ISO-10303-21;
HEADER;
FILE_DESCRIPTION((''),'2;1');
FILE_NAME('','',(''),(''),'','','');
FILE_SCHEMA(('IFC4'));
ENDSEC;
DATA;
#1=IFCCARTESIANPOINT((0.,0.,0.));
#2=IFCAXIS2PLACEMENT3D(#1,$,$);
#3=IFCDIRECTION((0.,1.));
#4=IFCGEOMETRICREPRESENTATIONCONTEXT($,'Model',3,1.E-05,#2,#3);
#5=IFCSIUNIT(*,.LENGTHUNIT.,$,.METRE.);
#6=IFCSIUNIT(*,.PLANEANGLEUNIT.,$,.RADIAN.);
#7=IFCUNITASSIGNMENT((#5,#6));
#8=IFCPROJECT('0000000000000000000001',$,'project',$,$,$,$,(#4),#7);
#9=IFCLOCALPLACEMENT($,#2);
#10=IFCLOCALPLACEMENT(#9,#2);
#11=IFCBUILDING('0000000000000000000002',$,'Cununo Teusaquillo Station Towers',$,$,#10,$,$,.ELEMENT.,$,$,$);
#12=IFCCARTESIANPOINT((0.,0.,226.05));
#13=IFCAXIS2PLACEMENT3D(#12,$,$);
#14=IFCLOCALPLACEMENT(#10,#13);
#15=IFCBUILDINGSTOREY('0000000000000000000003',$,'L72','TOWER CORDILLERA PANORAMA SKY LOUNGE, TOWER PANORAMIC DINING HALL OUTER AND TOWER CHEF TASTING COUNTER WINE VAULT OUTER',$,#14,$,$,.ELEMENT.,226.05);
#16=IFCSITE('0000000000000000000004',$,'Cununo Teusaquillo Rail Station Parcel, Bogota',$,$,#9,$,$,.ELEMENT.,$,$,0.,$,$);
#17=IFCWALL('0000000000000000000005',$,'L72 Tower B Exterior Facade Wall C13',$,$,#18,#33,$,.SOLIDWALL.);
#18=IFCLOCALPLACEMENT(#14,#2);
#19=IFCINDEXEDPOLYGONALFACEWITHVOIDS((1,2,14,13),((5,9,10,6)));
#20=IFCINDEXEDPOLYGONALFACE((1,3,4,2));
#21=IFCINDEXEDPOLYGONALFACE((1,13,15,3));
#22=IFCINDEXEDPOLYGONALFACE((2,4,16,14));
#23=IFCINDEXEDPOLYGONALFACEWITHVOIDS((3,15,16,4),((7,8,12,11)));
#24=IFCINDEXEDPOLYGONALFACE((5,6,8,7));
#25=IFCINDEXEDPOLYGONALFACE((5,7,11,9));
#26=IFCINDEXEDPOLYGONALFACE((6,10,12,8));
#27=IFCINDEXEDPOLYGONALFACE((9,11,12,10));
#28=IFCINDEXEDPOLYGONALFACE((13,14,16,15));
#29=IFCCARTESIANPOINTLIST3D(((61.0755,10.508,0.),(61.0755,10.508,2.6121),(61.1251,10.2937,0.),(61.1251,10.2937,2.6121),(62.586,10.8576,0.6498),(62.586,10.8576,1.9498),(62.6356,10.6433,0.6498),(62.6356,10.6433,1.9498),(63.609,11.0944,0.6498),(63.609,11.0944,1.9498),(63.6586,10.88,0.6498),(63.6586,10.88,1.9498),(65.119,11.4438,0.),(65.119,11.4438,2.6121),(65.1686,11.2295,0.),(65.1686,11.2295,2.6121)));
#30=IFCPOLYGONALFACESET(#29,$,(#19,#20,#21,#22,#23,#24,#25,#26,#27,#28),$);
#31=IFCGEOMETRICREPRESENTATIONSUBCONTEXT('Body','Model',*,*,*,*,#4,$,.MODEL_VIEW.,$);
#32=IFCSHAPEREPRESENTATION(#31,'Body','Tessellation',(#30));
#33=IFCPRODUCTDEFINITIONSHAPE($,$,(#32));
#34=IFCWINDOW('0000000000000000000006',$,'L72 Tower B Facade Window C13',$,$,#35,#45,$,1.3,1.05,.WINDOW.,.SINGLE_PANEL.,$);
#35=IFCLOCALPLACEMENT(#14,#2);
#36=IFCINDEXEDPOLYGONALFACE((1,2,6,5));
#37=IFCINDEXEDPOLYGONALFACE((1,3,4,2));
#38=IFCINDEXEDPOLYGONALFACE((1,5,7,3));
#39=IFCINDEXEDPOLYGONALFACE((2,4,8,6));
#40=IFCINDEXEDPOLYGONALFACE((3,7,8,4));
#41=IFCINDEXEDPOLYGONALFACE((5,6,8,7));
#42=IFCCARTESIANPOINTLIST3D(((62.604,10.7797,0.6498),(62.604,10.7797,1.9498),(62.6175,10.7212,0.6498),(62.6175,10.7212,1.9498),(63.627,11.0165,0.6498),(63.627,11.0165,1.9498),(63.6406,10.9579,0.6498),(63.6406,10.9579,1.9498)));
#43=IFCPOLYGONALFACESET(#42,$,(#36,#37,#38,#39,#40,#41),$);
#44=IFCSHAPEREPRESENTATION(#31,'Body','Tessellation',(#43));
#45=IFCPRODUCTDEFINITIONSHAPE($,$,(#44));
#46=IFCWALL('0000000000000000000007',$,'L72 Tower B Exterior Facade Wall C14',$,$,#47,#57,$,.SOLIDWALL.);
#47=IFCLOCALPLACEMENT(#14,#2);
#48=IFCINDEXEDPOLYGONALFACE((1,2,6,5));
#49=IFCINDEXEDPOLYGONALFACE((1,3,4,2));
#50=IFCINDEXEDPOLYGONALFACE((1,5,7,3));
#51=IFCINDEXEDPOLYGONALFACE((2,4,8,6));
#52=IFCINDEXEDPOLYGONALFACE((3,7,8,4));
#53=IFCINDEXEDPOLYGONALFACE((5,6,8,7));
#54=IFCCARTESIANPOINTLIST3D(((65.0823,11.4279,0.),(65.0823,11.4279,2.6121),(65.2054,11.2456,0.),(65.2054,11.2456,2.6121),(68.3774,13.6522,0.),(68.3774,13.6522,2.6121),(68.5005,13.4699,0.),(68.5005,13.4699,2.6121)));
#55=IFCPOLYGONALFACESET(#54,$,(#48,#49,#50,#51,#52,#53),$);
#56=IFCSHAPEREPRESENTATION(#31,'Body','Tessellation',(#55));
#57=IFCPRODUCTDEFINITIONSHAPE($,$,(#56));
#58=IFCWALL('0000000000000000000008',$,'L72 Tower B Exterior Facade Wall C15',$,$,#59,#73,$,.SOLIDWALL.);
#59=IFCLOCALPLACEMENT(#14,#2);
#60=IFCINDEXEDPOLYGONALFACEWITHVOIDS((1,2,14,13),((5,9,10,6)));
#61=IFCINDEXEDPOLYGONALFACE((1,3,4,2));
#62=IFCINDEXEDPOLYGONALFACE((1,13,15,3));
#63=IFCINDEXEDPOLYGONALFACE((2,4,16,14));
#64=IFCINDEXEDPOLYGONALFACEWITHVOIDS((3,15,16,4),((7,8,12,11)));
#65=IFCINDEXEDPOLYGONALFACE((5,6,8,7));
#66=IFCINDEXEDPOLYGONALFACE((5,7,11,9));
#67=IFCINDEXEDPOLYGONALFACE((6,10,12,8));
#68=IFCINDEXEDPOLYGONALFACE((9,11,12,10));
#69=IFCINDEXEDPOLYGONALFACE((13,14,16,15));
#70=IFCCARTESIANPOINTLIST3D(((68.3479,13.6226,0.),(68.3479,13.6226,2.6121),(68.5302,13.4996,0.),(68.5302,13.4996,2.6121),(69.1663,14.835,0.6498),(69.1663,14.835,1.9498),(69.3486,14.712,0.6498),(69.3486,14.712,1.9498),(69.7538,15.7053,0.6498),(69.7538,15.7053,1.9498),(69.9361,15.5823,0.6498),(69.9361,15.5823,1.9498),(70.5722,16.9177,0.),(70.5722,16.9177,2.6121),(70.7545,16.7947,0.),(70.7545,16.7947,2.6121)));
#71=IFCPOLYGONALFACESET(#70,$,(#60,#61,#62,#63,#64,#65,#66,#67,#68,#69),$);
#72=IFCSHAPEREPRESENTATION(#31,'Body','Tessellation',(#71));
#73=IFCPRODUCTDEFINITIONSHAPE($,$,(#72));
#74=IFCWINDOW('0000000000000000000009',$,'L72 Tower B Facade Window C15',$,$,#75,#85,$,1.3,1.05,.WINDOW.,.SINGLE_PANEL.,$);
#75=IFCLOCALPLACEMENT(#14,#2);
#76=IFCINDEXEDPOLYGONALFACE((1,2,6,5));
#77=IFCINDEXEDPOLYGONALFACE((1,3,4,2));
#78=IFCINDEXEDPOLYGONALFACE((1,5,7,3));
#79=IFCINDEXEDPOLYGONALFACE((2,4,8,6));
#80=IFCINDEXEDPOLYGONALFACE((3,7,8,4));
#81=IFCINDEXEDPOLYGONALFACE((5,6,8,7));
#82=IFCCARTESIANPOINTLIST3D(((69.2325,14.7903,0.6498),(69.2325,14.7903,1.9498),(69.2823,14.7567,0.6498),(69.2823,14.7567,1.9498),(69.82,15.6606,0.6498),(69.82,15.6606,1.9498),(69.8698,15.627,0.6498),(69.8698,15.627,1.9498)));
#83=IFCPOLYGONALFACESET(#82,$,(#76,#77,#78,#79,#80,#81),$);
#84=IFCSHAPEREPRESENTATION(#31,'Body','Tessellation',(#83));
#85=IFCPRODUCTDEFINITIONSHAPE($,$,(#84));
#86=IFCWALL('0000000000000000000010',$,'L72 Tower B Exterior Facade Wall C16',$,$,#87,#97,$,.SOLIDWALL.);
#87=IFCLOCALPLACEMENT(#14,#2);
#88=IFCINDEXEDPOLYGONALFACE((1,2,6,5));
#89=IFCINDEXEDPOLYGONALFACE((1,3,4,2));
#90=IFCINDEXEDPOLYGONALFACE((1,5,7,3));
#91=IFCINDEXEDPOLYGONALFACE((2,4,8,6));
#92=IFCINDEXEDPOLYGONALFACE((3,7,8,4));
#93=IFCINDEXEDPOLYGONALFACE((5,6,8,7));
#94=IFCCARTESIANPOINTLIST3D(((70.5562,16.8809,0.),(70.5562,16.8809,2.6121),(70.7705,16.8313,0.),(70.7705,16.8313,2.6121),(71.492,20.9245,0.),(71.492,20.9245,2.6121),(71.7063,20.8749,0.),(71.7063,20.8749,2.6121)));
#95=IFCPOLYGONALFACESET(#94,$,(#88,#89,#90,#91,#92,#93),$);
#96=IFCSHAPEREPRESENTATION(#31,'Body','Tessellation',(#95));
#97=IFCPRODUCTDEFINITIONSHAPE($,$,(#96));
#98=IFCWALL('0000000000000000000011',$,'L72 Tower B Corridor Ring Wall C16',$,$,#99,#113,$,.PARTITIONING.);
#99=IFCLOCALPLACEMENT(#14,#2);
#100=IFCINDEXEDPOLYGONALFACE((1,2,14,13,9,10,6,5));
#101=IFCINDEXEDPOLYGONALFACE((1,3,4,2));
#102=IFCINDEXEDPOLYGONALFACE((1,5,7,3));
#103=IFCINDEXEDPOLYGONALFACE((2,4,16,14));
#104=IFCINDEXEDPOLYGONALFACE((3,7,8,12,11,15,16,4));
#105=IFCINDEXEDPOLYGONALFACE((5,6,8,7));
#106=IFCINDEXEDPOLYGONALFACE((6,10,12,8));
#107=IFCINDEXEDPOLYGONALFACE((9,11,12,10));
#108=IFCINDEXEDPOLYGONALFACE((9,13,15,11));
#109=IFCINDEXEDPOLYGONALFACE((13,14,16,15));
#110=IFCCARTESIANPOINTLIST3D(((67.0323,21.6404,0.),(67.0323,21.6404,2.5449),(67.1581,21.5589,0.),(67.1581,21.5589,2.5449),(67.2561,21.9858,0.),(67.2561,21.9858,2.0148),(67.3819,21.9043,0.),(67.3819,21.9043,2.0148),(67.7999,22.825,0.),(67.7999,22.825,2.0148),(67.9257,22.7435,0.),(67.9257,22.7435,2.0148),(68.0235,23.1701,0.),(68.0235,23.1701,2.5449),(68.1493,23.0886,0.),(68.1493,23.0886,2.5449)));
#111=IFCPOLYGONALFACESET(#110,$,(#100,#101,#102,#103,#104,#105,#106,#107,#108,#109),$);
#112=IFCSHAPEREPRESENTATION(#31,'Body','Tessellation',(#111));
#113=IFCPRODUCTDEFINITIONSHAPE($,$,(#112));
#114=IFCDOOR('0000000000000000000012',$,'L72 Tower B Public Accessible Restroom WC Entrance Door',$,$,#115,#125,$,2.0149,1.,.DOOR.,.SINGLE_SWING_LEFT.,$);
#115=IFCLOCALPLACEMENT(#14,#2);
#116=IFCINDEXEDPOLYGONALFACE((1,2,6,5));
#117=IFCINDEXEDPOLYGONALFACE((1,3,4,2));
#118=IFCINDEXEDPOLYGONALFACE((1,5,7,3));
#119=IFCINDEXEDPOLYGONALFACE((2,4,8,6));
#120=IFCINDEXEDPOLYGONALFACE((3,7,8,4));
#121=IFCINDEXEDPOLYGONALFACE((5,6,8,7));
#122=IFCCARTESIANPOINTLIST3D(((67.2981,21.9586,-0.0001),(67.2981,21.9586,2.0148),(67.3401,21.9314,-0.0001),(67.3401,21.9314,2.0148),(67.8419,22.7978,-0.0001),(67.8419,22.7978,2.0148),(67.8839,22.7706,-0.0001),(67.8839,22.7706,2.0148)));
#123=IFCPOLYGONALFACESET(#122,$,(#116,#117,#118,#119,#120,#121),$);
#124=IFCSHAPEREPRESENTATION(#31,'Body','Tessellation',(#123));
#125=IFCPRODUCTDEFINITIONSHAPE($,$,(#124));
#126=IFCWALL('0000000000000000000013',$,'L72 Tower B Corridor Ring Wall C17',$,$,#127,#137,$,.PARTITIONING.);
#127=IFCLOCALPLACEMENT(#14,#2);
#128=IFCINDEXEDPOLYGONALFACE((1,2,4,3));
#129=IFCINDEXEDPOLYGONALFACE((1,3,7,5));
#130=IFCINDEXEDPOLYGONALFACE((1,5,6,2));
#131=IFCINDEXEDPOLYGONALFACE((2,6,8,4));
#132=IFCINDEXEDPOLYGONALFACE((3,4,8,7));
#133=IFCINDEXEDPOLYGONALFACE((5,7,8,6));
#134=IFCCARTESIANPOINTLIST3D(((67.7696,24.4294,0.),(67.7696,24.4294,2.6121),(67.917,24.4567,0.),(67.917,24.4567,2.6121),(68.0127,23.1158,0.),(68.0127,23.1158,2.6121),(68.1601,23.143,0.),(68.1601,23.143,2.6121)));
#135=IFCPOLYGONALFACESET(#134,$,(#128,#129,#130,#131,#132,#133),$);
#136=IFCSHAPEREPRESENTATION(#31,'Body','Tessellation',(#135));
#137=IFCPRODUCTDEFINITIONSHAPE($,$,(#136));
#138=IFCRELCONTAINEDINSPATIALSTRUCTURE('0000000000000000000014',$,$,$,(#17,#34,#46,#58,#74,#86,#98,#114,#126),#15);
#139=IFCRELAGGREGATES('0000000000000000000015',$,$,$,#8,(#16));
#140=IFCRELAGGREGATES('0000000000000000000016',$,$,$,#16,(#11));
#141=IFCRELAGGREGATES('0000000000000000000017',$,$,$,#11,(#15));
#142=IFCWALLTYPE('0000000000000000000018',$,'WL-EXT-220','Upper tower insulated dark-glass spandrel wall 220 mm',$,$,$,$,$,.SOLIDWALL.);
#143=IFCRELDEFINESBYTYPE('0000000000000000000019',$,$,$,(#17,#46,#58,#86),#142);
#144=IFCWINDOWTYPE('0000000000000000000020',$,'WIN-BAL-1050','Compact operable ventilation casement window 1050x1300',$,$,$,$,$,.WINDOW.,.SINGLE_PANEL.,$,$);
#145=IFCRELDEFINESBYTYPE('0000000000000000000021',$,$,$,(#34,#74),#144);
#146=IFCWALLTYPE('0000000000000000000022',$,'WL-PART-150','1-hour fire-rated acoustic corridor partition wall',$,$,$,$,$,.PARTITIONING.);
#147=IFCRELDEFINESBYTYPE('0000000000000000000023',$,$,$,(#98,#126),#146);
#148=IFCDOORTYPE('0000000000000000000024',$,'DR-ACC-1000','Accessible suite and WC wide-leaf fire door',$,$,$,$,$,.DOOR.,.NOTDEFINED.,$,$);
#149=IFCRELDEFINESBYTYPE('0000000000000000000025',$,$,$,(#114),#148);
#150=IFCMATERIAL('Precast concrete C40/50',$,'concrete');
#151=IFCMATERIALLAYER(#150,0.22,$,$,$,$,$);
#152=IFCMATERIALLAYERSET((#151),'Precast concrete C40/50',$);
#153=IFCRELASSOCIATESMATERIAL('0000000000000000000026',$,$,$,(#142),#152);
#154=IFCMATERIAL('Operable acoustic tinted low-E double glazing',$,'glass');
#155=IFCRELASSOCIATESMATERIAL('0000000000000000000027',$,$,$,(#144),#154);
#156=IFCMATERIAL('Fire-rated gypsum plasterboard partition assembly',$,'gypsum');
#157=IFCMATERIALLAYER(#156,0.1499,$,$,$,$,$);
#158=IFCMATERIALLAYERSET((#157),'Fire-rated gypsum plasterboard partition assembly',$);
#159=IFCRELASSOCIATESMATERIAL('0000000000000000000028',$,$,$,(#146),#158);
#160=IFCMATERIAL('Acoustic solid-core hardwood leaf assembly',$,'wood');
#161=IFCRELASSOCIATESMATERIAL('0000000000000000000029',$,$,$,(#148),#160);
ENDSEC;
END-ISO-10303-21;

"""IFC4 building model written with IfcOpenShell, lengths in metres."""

from ifc_helpers import new_model, si_unit, direction, frame, frame_2d, origin, place, context, subcontext, project, spatial, rectangle, extrude, source, transform, mapped, material, layer, layer_set, type_object, element, fill, save


model = new_model("IFC4")

# Units and contexts
model_context = context("Model", 3, precision=1e-05, world=origin(), true_north=direction((0.0, 1.0)))
body_context = subcontext(model_context, "Body", "Model", "MODEL_VIEW")
ifc_project = project(units=[si_unit("LENGTHUNIT", "METRE"), si_unit("PLANEANGLEUNIT", "RADIAN")], contexts=[model_context])

# Site, building, storey
site_placement = place(None, origin())
site = spatial("IfcSite", under=ifc_project, at=site_placement, Name="Cununo Teusaquillo Rail Station Parcel, Bogota", CompositionType="ELEMENT", RefElevation=0.0)
building_placement = place(site_placement, origin())
building = spatial("IfcBuilding", under=site, at=building_placement, Name="Cununo Teusaquillo Station Towers", CompositionType="ELEMENT")
storey_placement = place(building_placement, frame((0.0, 0.0, 226.05)))
storey = spatial("IfcBuildingStorey", under=building, at=storey_placement, Name="L72", Description="TOWER CORDILLERA PANORAMA SKY LOUNGE, TOWER PANORAMIC DINING HALL OUTER AND TOWER CHEF TASTING COUNTER WINE VAULT OUTER", CompositionType="ELEMENT", Elevation=226.05)

# Wall, opening, window
ifc_material_1 = material(Name="Precast concrete C40/50", Category="concrete")
ifc_layer_1 = layer(ifc_material_1, 0.22)
ifc_layer_set_1 = layer_set([ifc_layer_1], Name="Precast concrete C40/50")
wall_type_1 = type_object("IfcWallType", Name="WL-EXT-220", Description="Upper tower insulated dark-glass spandrel wall 220 mm", PredefinedType="SOLIDWALL", material=ifc_layer_set_1)
wall_1_placement = place(storey_placement, frame((65.1438, 11.3367, 0.0), z_axis=(0.0, 0.0, 1.0), x_axis=(-0.974249, -0.225474, 0.0)))
wall_1 = element("IfcWall", 1, at=wall_1_placement, inside=storey, type_object=wall_type_1, Name="L72 Tower B Exterior Facade Wall C13", PredefinedType="SOLIDWALL", context=body_context, shape_type="SweptSolid", body=[
    extrude(rectangle(XDim=4.1504, YDim=0.22, at=frame_2d((2.0752, 0.0))), origin(), (0.0, 0.0, 1.0), 2.6121),
])
shared_shape_1 = source(origin(), body_context, "Body", "SweptSolid", [
    extrude(rectangle(XDim=1.05, YDim=1.3, at=frame_2d((0.5249, 0.6499))), frame((0.0, 0.1199, 0.0), z_axis=(0.0, -1.0, 0.0), x_axis=(1.0, 0.0, 0.0)), (0.0, 0.0, 1.0), 0.24),
])
opening_1_placement = place(wall_1_placement, frame((1.55, 0.0, 0.6499)))
opening_1 = element("IfcOpeningElement", 2, at=opening_1_placement, cuts=wall_1, PredefinedType="OPENING", context=body_context, shape_type="MappedRepresentation", body=[
    mapped(shared_shape_1, transform((0.0, 0.0, 0.0), x_axis=(1.0, 0.0, 0.0), y_axis=(0.0, 1.0, 0.0), z_axis=(0.0, 0.0, 1.0), scale=1.0)),
])
ifc_material_2 = material(Name="Operable acoustic tinted low-E double glazing", Category="glass")
window_type = type_object("IfcWindowType", Name="WIN-BAL-1050", Description="Compact operable ventilation casement window 1050x1300", PartitioningType="SINGLE_PANEL", PredefinedType="WINDOW", material=ifc_material_2)
shared_shape_2 = source(origin(), body_context, "Body", "SweptSolid", [
    extrude(rectangle(XDim=1.05, YDim=1.3, at=frame_2d((0.5249, 0.6499))), frame((0.0, 0.03, 0.0), z_axis=(0.0, -1.0, 0.0), x_axis=(1.0, 0.0, 0.0)), (0.0, 0.0, 1.0), 0.0601),
])
window_1_placement = place(opening_1_placement, origin())
window_1 = element("IfcWindow", 3, at=window_1_placement, inside=storey, type_object=window_type, Name="L72 Tower B Facade Window C13", OverallHeight=1.3, OverallWidth=1.05, PartitioningType="SINGLE_PANEL", PredefinedType="WINDOW", context=body_context, shape_type="MappedRepresentation", body=[
    mapped(shared_shape_2, transform((0.0, 0.0, 0.0), x_axis=(1.0, 0.0, 0.0), y_axis=(0.0, 1.0, 0.0), z_axis=(0.0, 0.0, 1.0), scale=1.0)),
])
fill(opening_1, window_1)

# Wall
wall_2_placement = place(storey_placement, frame((68.439, 13.561, 0.0), z_axis=(0.0, 0.0, 1.0), x_axis=(-0.828834, -0.559495, 0.0)))
element("IfcWall", 4, at=wall_2_placement, inside=storey, type_object=wall_type_1, Name="L72 Tower B Exterior Facade Wall C14", PredefinedType="SOLIDWALL", context=body_context, shape_type="SweptSolid", body=[
    extrude(rectangle(XDim=3.9756, YDim=0.22, at=frame_2d((1.9878, 0.0))), origin(), (0.0, 0.0, 1.0), 2.6121),
])

# Wall, opening, window
wall_3_placement = place(storey_placement, frame((70.6633, 16.8562, 0.0), z_axis=(0.0, 0.0, 1.0), x_axis=(-0.559495, -0.828834, 0.0)))
wall_3 = element("IfcWall", 5, at=wall_3_placement, inside=storey, type_object=wall_type_1, Name="L72 Tower B Exterior Facade Wall C15", PredefinedType="SOLIDWALL", context=body_context, shape_type="SweptSolid", body=[
    extrude(rectangle(XDim=3.9756, YDim=0.22, at=frame_2d((1.9878, 0.0))), origin(), (0.0, 0.0, 1.0), 2.6121),
])
opening_2_placement = place(wall_3_placement, frame((1.4629, 0.0, 0.6499)))
opening_2 = element("IfcOpeningElement", 6, at=opening_2_placement, cuts=wall_3, PredefinedType="OPENING", context=body_context, shape_type="MappedRepresentation", body=[
    mapped(shared_shape_1, transform((0.0, 0.0, 0.0), x_axis=(1.0, 0.0, 0.0), y_axis=(0.0, 1.0, 0.0), z_axis=(0.0, 0.0, 1.0), scale=1.0)),
])
window_2_placement = place(opening_2_placement, origin())
window_2 = element("IfcWindow", 7, at=window_2_placement, inside=storey, type_object=window_type, Name="L72 Tower B Facade Window C15", OverallHeight=1.3, OverallWidth=1.05, PartitioningType="SINGLE_PANEL", PredefinedType="WINDOW", context=body_context, shape_type="MappedRepresentation", body=[
    mapped(shared_shape_2, transform((0.0, 0.0, 0.0), x_axis=(1.0, 0.0, 0.0), y_axis=(0.0, 1.0, 0.0), z_axis=(0.0, 0.0, 1.0), scale=1.0)),
])
fill(opening_2, window_2)

# Wall
wall_4_placement = place(storey_placement, frame((71.5991, 20.8997, 0.0), z_axis=(0.0, 0.0, 1.0), x_axis=(-0.225474, -0.974249, 0.0)))
element("IfcWall", 8, at=wall_4_placement, inside=storey, type_object=wall_type_1, Name="L72 Tower B Exterior Facade Wall C16", PredefinedType="SOLIDWALL", context=body_context, shape_type="SweptSolid", body=[
    extrude(rectangle(XDim=4.1504, YDim=0.22, at=frame_2d((2.0752, 0.0))), origin(), (0.0, 0.0, 1.0), 2.6121),
])

# Wall, opening, door
ifc_material_3 = material(Name="Fire-rated gypsum plasterboard partition assembly", Category="gypsum")
ifc_layer_2 = layer(ifc_material_3, 0.1499)
ifc_layer_set_2 = layer_set([ifc_layer_2], Name="Fire-rated gypsum plasterboard partition assembly")
wall_type_2 = type_object("IfcWallType", Name="WL-PART-150", Description="1-hour fire-rated acoustic corridor partition wall", PredefinedType="PARTITIONING", material=ifc_layer_set_2)
wall_5_placement = place(storey_placement, frame((67.0952, 21.5996, 0.0), z_axis=(0.0, 0.0, 1.0), x_axis=(0.543773, 0.839232, 0.0)))
wall_5 = element("IfcWall", 9, at=wall_5_placement, inside=storey, type_object=wall_type_2, Name="L72 Tower B Corridor Ring Wall C16", PredefinedType="PARTITIONING", context=body_context, shape_type="SweptSolid", body=[
    extrude(rectangle(XDim=1.8228, YDim=0.1499, at=frame_2d((0.9114, 0.0))), origin(), (0.0, 0.0, 1.0), 2.5449),
])
shared_shape_3 = source(origin(), body_context, "Body", "SweptSolid", [
    extrude(rectangle(XDim=1.0, YDim=2.0149, at=frame_2d((0.5, 1.0073))), frame((0.0, 0.085, 0.0), z_axis=(0.0, -1.0, 0.0), x_axis=(1.0, 0.0, 0.0)), (0.0, 0.0, 1.0), 0.1699),
])
opening_3_placement = place(wall_5_placement, frame((0.4116, 0.0, 0.0)))
opening_3 = element("IfcOpeningElement", 10, at=opening_3_placement, cuts=wall_5, PredefinedType="OPENING", context=body_context, shape_type="MappedRepresentation", body=[
    mapped(shared_shape_3, transform((0.0, 0.0, 0.0), x_axis=(1.0, 0.0, 0.0), y_axis=(0.0, 1.0, 0.0), z_axis=(0.0, 0.0, 1.0), scale=1.0)),
])
ifc_material_4 = material(Name="Acoustic solid-core hardwood leaf assembly", Category="wood")
door_type = type_object("IfcDoorType", Name="DR-ACC-1000", Description="Accessible suite and WC wide-leaf fire door", OperationType="NOTDEFINED", PredefinedType="DOOR", material=ifc_material_4)
shared_shape_4 = source(origin(), body_context, "Body", "SweptSolid", [
    extrude(rectangle(XDim=1.0, YDim=2.0149, at=frame_2d((0.5, 1.0073))), frame((0.0, 0.0249, 0.0), z_axis=(0.0, -1.0, 0.0), x_axis=(1.0, 0.0, 0.0)), (0.0, 0.0, 1.0), 0.05),
])
door_placement = place(opening_3_placement, origin())
door = element("IfcDoor", 11, at=door_placement, inside=storey, type_object=door_type, Name="L72 Tower B Public Accessible Restroom WC Entrance Door", OperationType="SINGLE_SWING_LEFT", OverallHeight=2.0149, OverallWidth=1.0, PredefinedType="DOOR", context=body_context, shape_type="MappedRepresentation", body=[
    mapped(shared_shape_4, transform((0.0, 0.0, 0.0), x_axis=(1.0, 0.0, 0.0), y_axis=(0.0, 1.0, 0.0), z_axis=(0.0, 0.0, 1.0), scale=1.0)),
])
fill(opening_3, door)

# Wall
wall_6_placement = place(storey_placement, frame((68.0864, 23.1294, 0.0), z_axis=(0.0, 0.0, 1.0), x_axis=(-0.182004, 0.983298, 0.0)))
element("IfcWall", 12, at=wall_6_placement, inside=storey, type_object=wall_type_2, Name="L72 Tower B Corridor Ring Wall C17", PredefinedType="PARTITIONING", context=body_context, shape_type="SweptSolid", body=[
    extrude(rectangle(XDim=1.3359, YDim=0.1499, at=frame_2d((0.668, 0.0))), origin(), (0.0, 0.0, 1.0), 2.6121),
])

save(model, "model.ifc")
